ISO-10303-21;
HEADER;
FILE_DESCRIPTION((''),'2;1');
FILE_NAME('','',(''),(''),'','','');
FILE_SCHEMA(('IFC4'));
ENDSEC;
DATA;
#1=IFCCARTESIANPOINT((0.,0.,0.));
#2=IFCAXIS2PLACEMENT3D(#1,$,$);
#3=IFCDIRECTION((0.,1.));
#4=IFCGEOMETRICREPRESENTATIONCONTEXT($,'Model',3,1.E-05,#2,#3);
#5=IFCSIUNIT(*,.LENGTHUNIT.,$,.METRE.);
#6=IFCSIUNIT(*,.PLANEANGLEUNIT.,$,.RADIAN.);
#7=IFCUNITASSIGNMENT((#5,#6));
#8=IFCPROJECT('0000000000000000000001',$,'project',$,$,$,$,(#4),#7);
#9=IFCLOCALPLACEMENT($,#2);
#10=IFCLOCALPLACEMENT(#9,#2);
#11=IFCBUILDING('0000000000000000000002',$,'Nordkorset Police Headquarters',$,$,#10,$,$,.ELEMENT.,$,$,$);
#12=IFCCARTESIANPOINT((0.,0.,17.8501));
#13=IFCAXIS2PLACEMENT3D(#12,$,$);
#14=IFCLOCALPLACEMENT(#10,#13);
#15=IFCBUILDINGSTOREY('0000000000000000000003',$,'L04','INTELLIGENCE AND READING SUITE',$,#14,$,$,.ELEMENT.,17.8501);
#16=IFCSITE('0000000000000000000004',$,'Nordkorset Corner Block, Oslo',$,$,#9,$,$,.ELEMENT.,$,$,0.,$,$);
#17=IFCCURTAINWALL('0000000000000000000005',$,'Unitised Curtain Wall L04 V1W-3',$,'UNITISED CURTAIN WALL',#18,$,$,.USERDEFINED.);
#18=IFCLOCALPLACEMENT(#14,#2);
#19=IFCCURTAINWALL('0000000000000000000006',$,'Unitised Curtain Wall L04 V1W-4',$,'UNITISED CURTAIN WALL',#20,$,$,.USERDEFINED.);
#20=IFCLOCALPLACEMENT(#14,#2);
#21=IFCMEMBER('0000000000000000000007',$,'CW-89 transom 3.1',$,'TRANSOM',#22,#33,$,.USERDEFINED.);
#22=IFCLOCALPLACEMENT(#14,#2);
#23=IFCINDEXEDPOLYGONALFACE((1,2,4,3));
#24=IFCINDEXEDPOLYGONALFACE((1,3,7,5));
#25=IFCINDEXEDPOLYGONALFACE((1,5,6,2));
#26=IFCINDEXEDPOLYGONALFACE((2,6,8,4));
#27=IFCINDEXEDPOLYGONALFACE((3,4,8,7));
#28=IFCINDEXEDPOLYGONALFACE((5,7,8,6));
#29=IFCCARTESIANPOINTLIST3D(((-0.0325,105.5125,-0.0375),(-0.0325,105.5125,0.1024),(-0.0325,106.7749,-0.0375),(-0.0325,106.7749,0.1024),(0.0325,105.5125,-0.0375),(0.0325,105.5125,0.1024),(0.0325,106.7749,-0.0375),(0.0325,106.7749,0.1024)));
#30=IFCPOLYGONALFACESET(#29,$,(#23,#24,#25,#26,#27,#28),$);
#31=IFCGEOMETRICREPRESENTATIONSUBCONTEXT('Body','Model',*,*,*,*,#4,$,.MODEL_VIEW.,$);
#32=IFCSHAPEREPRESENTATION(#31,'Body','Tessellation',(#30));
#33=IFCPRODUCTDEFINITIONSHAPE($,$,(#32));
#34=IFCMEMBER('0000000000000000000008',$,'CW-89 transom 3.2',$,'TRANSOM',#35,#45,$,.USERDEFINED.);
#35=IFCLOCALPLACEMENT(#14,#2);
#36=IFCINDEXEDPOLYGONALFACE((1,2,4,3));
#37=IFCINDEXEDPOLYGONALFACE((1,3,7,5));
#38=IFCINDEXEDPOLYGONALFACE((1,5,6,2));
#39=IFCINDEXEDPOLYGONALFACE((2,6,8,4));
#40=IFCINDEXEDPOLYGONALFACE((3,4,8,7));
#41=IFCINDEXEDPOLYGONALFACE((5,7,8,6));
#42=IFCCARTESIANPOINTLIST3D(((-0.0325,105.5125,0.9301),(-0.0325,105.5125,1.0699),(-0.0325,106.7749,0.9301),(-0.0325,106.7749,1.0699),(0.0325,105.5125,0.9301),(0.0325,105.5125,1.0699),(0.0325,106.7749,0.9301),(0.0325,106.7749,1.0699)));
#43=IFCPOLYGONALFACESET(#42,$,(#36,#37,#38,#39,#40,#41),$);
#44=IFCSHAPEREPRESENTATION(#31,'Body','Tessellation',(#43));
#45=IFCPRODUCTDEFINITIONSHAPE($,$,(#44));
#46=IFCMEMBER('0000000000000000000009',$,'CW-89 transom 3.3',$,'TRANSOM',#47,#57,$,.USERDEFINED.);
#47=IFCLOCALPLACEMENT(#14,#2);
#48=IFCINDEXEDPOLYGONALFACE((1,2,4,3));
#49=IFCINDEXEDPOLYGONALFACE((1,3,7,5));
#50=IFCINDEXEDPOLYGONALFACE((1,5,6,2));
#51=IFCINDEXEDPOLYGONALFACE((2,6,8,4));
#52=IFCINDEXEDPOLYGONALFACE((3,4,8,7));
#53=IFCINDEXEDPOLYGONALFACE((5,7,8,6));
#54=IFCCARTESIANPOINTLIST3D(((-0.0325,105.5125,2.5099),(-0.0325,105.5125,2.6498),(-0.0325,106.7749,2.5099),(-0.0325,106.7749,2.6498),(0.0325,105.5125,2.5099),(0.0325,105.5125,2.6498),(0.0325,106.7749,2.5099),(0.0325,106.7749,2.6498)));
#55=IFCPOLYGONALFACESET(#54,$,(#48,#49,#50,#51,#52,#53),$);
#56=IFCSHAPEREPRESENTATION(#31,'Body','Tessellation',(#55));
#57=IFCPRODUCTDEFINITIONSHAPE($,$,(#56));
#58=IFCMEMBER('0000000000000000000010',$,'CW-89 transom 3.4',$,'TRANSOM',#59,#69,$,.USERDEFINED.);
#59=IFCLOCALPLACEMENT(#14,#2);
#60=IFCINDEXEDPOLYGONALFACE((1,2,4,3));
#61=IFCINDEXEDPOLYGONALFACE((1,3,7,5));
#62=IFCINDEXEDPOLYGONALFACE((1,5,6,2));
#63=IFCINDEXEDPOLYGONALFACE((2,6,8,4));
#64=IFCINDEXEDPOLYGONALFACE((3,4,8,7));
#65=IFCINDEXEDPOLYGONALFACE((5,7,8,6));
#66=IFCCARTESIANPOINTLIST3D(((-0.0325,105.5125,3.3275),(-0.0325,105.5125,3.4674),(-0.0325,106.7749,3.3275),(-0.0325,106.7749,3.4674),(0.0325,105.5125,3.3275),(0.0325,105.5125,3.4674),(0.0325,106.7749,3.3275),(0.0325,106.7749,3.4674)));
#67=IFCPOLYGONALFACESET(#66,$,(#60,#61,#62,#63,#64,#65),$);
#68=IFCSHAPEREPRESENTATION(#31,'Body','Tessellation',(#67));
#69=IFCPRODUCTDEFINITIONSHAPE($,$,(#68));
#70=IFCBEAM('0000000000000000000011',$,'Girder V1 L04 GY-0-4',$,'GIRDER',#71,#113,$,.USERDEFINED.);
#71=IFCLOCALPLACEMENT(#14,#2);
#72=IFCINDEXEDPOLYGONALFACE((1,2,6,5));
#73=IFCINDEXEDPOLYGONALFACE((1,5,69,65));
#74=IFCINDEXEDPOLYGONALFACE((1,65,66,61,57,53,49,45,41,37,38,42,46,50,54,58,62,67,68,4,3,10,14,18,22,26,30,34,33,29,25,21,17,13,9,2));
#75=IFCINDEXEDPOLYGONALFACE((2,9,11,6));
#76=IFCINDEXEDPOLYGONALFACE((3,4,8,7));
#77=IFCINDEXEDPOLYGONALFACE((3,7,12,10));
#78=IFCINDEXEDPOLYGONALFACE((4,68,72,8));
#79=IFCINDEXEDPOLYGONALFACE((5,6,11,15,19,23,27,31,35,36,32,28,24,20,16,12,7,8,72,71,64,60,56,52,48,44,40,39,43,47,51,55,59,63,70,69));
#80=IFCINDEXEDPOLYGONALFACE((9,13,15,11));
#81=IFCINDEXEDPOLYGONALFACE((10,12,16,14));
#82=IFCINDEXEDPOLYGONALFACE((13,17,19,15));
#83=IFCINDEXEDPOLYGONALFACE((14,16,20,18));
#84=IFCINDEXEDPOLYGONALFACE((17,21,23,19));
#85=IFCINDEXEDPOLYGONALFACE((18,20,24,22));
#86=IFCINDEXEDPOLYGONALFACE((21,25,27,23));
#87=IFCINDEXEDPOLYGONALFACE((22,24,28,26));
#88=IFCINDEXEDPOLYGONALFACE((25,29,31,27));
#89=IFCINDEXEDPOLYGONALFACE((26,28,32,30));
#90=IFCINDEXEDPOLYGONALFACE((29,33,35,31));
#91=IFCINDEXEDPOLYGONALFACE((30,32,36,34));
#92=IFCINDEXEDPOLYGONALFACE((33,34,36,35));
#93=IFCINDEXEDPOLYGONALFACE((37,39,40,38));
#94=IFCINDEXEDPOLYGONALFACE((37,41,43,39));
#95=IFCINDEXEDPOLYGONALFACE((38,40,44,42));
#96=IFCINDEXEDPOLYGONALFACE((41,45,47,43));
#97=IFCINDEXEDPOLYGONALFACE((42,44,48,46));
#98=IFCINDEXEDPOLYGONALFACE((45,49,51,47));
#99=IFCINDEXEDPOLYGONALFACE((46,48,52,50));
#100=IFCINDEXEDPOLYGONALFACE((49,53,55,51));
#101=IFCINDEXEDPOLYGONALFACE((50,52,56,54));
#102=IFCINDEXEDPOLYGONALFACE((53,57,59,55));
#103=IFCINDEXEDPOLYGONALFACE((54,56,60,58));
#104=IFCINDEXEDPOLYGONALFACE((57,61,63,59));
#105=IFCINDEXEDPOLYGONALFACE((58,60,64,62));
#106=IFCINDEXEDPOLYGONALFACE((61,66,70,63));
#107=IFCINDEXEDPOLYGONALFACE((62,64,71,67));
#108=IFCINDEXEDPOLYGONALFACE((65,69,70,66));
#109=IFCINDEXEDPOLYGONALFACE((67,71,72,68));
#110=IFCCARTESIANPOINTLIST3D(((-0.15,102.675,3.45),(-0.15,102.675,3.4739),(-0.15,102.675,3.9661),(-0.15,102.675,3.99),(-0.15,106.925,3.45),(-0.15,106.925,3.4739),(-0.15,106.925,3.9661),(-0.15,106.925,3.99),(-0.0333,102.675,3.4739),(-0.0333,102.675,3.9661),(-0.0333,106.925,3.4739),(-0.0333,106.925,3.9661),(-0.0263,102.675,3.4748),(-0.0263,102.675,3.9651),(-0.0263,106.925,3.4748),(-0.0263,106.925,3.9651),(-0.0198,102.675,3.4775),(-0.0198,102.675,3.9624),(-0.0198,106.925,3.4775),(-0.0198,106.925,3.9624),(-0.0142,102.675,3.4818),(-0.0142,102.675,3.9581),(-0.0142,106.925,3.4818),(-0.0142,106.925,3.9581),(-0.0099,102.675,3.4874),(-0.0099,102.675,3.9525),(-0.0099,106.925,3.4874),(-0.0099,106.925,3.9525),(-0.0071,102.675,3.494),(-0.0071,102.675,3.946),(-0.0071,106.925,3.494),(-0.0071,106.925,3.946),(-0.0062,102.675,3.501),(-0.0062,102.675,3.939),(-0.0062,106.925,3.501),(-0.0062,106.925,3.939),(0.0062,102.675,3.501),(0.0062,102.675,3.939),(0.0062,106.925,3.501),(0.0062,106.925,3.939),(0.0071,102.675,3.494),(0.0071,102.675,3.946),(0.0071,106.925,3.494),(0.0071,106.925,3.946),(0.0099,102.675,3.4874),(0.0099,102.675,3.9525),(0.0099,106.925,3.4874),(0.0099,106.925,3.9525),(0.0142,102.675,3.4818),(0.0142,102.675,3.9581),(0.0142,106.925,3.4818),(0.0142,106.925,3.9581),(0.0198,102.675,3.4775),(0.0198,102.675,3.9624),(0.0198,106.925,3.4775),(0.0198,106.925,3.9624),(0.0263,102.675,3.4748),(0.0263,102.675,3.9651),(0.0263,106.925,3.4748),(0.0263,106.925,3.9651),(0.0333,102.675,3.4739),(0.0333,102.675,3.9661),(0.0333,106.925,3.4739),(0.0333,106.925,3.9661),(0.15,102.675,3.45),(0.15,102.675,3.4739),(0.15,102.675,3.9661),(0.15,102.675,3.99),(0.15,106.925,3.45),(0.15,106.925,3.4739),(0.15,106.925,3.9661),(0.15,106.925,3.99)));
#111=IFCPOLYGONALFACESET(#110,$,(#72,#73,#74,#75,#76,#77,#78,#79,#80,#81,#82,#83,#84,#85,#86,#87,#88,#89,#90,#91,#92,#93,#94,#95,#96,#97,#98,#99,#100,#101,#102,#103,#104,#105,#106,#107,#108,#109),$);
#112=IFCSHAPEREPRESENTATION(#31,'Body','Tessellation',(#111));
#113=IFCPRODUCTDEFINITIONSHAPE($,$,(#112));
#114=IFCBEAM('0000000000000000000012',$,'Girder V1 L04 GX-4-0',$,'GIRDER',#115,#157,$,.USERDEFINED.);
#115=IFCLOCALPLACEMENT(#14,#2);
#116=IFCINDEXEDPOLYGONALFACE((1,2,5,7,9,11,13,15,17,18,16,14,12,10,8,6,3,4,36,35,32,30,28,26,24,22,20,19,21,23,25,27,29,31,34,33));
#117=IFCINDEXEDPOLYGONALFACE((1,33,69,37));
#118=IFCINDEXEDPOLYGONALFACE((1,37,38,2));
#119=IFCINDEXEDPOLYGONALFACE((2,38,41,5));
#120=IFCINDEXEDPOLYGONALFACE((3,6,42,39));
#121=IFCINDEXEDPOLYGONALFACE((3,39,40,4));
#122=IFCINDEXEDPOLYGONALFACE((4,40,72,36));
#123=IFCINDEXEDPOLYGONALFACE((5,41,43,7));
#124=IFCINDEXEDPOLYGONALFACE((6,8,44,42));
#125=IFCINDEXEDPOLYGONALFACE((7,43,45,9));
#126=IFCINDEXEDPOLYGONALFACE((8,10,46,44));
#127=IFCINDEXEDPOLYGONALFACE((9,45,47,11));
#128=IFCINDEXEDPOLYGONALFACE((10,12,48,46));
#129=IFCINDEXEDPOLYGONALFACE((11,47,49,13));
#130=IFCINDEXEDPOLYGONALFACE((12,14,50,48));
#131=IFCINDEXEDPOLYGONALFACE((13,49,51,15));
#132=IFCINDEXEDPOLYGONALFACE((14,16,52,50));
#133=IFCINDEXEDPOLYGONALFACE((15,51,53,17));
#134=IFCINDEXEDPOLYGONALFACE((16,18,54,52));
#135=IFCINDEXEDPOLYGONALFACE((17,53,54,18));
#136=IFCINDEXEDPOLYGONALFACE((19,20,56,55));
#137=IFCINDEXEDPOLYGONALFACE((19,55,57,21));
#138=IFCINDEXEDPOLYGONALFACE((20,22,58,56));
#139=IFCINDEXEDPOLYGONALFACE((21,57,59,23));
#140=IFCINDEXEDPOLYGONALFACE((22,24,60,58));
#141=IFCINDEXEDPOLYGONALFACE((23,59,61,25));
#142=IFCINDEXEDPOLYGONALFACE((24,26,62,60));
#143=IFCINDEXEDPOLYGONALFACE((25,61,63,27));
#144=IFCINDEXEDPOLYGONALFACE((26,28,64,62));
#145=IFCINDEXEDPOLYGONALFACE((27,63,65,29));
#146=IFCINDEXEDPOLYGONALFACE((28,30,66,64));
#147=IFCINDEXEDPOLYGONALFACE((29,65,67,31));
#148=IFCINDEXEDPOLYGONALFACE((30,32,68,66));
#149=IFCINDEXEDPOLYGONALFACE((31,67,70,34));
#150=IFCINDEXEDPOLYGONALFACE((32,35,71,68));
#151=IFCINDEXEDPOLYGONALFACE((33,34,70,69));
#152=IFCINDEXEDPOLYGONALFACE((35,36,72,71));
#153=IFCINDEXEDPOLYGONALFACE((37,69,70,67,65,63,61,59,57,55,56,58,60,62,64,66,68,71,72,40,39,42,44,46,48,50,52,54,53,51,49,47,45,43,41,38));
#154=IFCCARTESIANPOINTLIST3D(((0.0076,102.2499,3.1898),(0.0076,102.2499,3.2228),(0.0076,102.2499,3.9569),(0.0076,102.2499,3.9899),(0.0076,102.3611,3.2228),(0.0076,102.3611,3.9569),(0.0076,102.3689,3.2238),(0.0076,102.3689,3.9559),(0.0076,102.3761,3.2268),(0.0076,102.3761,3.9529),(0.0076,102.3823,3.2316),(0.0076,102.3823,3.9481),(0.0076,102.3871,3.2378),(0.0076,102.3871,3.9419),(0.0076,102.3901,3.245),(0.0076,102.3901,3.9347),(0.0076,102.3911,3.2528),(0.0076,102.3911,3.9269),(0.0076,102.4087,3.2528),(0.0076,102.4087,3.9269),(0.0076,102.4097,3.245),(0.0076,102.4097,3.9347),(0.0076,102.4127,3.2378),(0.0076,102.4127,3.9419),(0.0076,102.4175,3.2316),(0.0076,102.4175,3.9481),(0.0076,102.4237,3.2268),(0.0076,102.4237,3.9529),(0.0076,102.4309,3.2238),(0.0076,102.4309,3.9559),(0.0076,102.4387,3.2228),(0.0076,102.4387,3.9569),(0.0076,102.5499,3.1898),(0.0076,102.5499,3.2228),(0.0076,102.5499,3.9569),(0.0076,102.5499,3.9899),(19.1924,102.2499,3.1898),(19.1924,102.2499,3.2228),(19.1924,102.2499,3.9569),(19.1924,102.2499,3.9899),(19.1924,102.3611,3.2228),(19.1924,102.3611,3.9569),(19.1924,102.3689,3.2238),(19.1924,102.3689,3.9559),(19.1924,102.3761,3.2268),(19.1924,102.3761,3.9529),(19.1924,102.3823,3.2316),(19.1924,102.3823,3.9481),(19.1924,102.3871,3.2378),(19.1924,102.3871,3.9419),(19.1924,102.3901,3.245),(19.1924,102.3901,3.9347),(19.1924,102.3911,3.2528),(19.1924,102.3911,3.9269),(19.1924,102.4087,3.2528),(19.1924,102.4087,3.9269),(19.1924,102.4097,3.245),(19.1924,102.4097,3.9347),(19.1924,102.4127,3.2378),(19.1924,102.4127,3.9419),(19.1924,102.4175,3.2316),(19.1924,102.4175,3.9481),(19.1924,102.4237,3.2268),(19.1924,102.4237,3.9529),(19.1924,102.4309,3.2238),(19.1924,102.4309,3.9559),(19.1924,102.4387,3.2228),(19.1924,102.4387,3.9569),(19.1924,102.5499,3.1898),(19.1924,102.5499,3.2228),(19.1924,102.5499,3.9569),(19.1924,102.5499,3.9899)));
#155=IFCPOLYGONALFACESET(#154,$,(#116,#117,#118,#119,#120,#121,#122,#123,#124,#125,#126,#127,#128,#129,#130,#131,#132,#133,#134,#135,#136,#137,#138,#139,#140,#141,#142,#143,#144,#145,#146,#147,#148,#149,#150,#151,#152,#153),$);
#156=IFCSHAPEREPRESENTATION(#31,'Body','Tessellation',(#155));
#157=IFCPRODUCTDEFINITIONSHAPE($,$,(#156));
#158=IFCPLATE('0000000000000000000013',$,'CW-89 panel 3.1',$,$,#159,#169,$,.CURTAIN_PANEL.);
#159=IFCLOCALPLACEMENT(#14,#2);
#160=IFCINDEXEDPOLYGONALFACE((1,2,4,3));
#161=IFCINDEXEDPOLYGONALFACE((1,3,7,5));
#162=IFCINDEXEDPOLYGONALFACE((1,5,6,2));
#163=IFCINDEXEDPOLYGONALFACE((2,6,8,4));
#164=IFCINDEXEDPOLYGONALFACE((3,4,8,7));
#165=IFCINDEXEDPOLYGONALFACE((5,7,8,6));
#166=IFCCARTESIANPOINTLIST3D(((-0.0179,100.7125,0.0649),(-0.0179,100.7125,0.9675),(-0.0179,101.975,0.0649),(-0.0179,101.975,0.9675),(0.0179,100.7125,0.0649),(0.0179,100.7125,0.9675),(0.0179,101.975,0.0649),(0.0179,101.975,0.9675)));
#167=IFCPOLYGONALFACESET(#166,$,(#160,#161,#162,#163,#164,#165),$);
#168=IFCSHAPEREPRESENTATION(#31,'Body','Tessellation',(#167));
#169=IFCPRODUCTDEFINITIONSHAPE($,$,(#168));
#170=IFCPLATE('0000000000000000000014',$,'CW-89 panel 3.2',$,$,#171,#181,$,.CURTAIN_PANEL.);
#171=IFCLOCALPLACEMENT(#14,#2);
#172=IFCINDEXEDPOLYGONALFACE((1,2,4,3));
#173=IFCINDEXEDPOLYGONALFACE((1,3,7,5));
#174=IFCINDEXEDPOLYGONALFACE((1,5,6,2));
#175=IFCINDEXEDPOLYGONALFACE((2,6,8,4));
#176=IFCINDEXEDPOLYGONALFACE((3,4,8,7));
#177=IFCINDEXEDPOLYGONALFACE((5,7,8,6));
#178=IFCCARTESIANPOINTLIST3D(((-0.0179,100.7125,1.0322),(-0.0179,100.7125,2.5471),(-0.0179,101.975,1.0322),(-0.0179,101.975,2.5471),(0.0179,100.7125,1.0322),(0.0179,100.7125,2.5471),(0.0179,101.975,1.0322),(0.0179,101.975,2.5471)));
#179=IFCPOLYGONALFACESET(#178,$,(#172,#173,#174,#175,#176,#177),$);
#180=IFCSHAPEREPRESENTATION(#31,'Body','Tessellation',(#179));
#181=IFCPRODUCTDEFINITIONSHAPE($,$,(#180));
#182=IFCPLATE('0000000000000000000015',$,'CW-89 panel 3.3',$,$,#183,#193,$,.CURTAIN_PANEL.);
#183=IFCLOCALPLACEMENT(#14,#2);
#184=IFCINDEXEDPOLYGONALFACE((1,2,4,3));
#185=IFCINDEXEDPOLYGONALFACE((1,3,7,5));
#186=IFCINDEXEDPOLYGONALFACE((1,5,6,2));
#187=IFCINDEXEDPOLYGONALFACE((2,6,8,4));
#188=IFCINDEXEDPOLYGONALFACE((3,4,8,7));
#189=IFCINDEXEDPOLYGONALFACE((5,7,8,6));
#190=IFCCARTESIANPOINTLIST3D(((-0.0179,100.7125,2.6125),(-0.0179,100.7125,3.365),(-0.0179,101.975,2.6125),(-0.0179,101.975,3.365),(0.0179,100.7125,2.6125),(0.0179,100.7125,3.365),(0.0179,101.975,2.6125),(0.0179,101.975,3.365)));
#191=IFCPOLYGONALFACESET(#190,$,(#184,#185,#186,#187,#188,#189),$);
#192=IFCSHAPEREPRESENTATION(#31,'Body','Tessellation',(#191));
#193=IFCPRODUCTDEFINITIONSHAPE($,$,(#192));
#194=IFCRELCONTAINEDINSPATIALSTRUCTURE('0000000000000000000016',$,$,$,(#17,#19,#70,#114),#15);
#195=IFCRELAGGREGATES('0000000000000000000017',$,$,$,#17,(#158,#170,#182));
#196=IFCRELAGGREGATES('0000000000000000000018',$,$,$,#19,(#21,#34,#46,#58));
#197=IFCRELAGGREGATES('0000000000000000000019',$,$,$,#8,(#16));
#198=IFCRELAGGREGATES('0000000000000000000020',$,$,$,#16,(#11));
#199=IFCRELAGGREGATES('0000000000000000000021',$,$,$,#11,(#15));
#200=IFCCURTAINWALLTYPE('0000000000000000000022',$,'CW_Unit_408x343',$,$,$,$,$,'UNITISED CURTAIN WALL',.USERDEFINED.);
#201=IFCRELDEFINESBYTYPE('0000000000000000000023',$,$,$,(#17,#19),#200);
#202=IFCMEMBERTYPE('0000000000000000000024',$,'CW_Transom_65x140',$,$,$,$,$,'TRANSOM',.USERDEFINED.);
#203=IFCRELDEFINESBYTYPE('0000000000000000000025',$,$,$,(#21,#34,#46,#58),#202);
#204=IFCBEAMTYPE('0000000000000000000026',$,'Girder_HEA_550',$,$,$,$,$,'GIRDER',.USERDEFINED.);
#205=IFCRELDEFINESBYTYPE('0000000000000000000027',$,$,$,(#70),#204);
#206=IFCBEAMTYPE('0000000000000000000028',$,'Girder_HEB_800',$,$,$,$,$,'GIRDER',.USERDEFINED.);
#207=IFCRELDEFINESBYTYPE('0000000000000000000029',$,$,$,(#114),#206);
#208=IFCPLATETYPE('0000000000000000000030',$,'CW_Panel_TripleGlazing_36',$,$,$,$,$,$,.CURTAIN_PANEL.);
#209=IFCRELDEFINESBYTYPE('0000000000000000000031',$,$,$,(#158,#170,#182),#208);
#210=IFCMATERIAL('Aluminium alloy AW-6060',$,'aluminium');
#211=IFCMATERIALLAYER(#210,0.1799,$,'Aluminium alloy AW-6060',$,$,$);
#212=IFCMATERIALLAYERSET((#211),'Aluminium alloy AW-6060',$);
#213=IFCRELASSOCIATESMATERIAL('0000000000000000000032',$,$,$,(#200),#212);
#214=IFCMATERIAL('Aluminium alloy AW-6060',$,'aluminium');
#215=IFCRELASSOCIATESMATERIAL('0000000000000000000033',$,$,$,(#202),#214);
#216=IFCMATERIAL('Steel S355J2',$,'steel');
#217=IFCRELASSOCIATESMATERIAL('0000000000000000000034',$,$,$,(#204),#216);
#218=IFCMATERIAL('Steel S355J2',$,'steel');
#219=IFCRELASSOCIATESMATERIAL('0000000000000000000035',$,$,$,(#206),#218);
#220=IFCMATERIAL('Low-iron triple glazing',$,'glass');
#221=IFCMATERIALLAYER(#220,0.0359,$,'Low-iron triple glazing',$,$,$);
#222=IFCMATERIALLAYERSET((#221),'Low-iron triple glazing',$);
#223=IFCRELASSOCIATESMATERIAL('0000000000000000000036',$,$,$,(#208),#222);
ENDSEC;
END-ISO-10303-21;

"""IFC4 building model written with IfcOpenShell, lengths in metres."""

from ifc_helpers import new_model, si_unit, direction, frame, origin, origin_2d, place, context, subcontext, project, spatial, rectangle, i_section, extrude, material, layer, layer_set, material_profile, profile_set, type_object, element, aggregate, save


model = new_model("IFC4")

# Units and contexts
model_context = context("Model", 3, precision=1e-05, world=origin(), true_north=direction((0.0, 1.0)))
body_context = subcontext(model_context, "Body", "Model", "MODEL_VIEW")
ifc_project = project(units=[si_unit("LENGTHUNIT", "METRE"), si_unit("PLANEANGLEUNIT", "RADIAN")], contexts=[model_context])

# Site, building, storey
site_placement = place(None, origin())
site = spatial("IfcSite", under=ifc_project, at=site_placement, Name="Nordkorset Corner Block, Oslo", CompositionType="ELEMENT", RefElevation=0.0)
building_placement = place(site_placement, origin())
building = spatial("IfcBuilding", under=site, at=building_placement, Name="Nordkorset Police Headquarters", CompositionType="ELEMENT")
storey_placement = place(building_placement, frame((0.0, 0.0, 17.8501)))
storey = spatial("IfcBuildingStorey", under=building, at=storey_placement, Name="L04", Description="INTELLIGENCE AND READING SUITE", CompositionType="ELEMENT", Elevation=17.8501)

# Curtain walls
ifc_material_1 = material(Name="Aluminium alloy AW-6060", Category="aluminium")
ifc_layer_1 = layer(ifc_material_1, 0.1799, Name="Aluminium alloy AW-6060")
ifc_layer_set_1 = layer_set([ifc_layer_1], Name="Aluminium alloy AW-6060")
curtain_wall_type = type_object("IfcCurtainWallType", Name="CW_Unit_408x343", ElementType="UNITISED CURTAIN WALL", PredefinedType="USERDEFINED", material=ifc_layer_set_1)
curtain_wall_1_placement = place(storey_placement, origin())
curtain_wall_1 = element("IfcCurtainWall", 1, at=curtain_wall_1_placement, inside=storey, type_object=curtain_wall_type, Name="Unitised Curtain Wall L04 V1W-3", ObjectType="UNITISED CURTAIN WALL", PredefinedType="USERDEFINED")
curtain_wall_2_placement = place(storey_placement, origin())
curtain_wall_2 = element("IfcCurtainWall", 2, at=curtain_wall_2_placement, inside=storey, type_object=curtain_wall_type, Name="Unitised Curtain Wall L04 V1W-4", ObjectType="UNITISED CURTAIN WALL", PredefinedType="USERDEFINED")

# Members
ifc_material_2 = material(Name="Aluminium alloy AW-6060", Category="aluminium")
ifc_material_profile_1 = material_profile(ifc_material_2, rectangle(XDim=0.0649, YDim=0.1399, at=origin_2d()), Name="ALU TRAN 65x140")
ifc_profile_set_1 = profile_set([ifc_material_profile_1], Name="Aluminium alloy AW-6060")
member_type_1 = type_object("IfcMemberType", Name="CW_Transom_65x140", ElementType="TRANSOM", PredefinedType="USERDEFINED", material=ifc_profile_set_1)
member_1_placement = place(storey_placement, frame((0.0, 105.5125, 0.0325), z_axis=(0.0, 1.0, 0.0), x_axis=(-1.0, 0.0, 0.0)))
member_1 = element("IfcMember", 3, at=member_1_placement, type_object=member_type_1, Name="CW-89 transom 3.1", ObjectType="TRANSOM", PredefinedType="USERDEFINED", context=body_context, shape_type="SweptSolid", body=[
    extrude(rectangle(XDim=0.0649, YDim=0.1399, at=origin_2d()), origin(), (0.0, 0.0, 1.0), 1.2625),
])
member_2_placement = place(storey_placement, frame((0.0, 105.5125, 1.0), z_axis=(0.0, 1.0, 0.0), x_axis=(-1.0, 0.0, 0.0)))
member_2 = element("IfcMember", 4, at=member_2_placement, type_object=member_type_1, Name="CW-89 transom 3.2", ObjectType="TRANSOM", PredefinedType="USERDEFINED", context=body_context, shape_type="SweptSolid", body=[
    extrude(rectangle(XDim=0.0649, YDim=0.1399, at=origin_2d()), origin(), (0.0, 0.0, 1.0), 1.2625),
])
member_3_placement = place(storey_placement, frame((0.0, 105.5125, 2.5798), z_axis=(0.0, 1.0, 0.0), x_axis=(-1.0, 0.0, 0.0)))
member_3 = element("IfcMember", 5, at=member_3_placement, type_object=member_type_1, Name="CW-89 transom 3.3", ObjectType="TRANSOM", PredefinedType="USERDEFINED", context=body_context, shape_type="SweptSolid", body=[
    extrude(rectangle(XDim=0.0649, YDim=0.1399, at=origin_2d()), origin(), (0.0, 0.0, 1.0), 1.2625),
])
member_4_placement = place(storey_placement, frame((0.0, 105.5125, 3.3975), z_axis=(0.0, 1.0, 0.0), x_axis=(-1.0, 0.0, 0.0)))
member_4 = element("IfcMember", 6, at=member_4_placement, type_object=member_type_1, Name="CW-89 transom 3.4", ObjectType="TRANSOM", PredefinedType="USERDEFINED", context=body_context, shape_type="SweptSolid", body=[
    extrude(rectangle(XDim=0.0649, YDim=0.1399, at=origin_2d()), origin(), (0.0, 0.0, 1.0), 1.2625),
])

# Beams
ifc_material_3 = material(Name="Steel S355J2", Category="steel")
ifc_material_profile_2 = material_profile(ifc_material_3, i_section(OverallWidth=0.3, OverallDepth=0.54, WebThickness=0.0125, FlangeThickness=0.0239, FilletRadius=0.0271, at=origin_2d()), Name="HEA 550")
ifc_profile_set_2 = profile_set([ifc_material_profile_2], Name="Steel S355J2")
beam_type_1 = type_object("IfcBeamType", Name="Girder_HEA_550", ElementType="GIRDER", PredefinedType="USERDEFINED", material=ifc_profile_set_2)
beam_1_placement = place(storey_placement, frame((0.0, 102.675, 3.72), z_axis=(0.0, 1.0, 0.0), x_axis=(-1.0, 0.0, 0.0)))
element("IfcBeam", 7, at=beam_1_placement, inside=storey, type_object=beam_type_1, Name="Girder V1 L04 GY-0-4", ObjectType="GIRDER", PredefinedType="USERDEFINED", context=body_context, shape_type="SweptSolid", body=[
    extrude(i_section(OverallWidth=0.3, OverallDepth=0.54, WebThickness=0.0125, FlangeThickness=0.0239, FilletRadius=0.0271, at=origin_2d()), origin(), (0.0, 0.0, 1.0), 4.25),
])
ifc_material_4 = material(Name="Steel S355J2", Category="steel")
ifc_material_profile_3 = material_profile(ifc_material_4, i_section(OverallWidth=0.3, OverallDepth=0.8, WebThickness=0.0176, FlangeThickness=0.033, FilletRadius=0.03, at=origin_2d()), Name="HEB 800")
ifc_profile_set_3 = profile_set([ifc_material_profile_3], Name="Steel S355J2")
beam_type_2 = type_object("IfcBeamType", Name="Girder_HEB_800", ElementType="GIRDER", PredefinedType="USERDEFINED", material=ifc_profile_set_3)
beam_2_placement = place(storey_placement, frame((0.0076, 102.3999, 3.5898), z_axis=(1.0, 0.0, 0.0), x_axis=(0.0, 1.0, 0.0)))
element("IfcBeam", 8, at=beam_2_placement, inside=storey, type_object=beam_type_2, Name="Girder V1 L04 GX-4-0", ObjectType="GIRDER", PredefinedType="USERDEFINED", context=body_context, shape_type="SweptSolid", body=[
    extrude(i_section(OverallWidth=0.3, OverallDepth=0.8, WebThickness=0.0176, FlangeThickness=0.033, FilletRadius=0.03, at=origin_2d()), origin(), (0.0, 0.0, 1.0), 19.1848),
])

# Plates
ifc_material_5 = material(Name="Low-iron triple glazing", Category="glass")
ifc_layer_2 = layer(ifc_material_5, 0.0359, Name="Low-iron triple glazing")
ifc_layer_set_2 = layer_set([ifc_layer_2], Name="Low-iron triple glazing")
plate_type = type_object("IfcPlateType", Name="CW_Panel_TripleGlazing_36", PredefinedType="CURTAIN_PANEL", material=ifc_layer_set_2)
plate_1_placement = place(storey_placement, frame((0.0, 101.3438, 0.0649), z_axis=(0.0, 0.0, 1.0), x_axis=(0.0, 1.0, 0.0)))
plate_1 = element("IfcPlate", 9, at=plate_1_placement, type_object=plate_type, Name="CW-89 panel 3.1", PredefinedType="CURTAIN_PANEL", context=body_context, shape_type="SweptSolid", body=[
    extrude(rectangle(XDim=1.2625, YDim=0.0359, at=origin_2d()), origin(), (0.0, 0.0, 1.0), 0.9026),
])
plate_2_placement = place(storey_placement, frame((0.0, 101.3438, 1.0322), z_axis=(0.0, 0.0, 1.0), x_axis=(0.0, 1.0, 0.0)))
plate_2 = element("IfcPlate", 10, at=plate_2_placement, type_object=plate_type, Name="CW-89 panel 3.2", PredefinedType="CURTAIN_PANEL", context=body_context, shape_type="SweptSolid", body=[
    extrude(rectangle(XDim=1.2625, YDim=0.0359, at=origin_2d()), origin(), (0.0, 0.0, 1.0), 1.5149),
])
plate_3_placement = place(storey_placement, frame((0.0, 101.3438, 2.6125), z_axis=(0.0, 0.0, 1.0), x_axis=(0.0, 1.0, 0.0)))
plate_3 = element("IfcPlate", 11, at=plate_3_placement, type_object=plate_type, Name="CW-89 panel 3.3", PredefinedType="CURTAIN_PANEL", context=body_context, shape_type="SweptSolid", body=[
    extrude(rectangle(XDim=1.2625, YDim=0.0359, at=origin_2d()), origin(), (0.0, 0.0, 1.0), 0.7524),
])
aggregate(curtain_wall_1, [plate_1, plate_2, plate_3])
aggregate(curtain_wall_2, [member_1, member_2, member_3, member_4])

save(model, "model.ifc")
